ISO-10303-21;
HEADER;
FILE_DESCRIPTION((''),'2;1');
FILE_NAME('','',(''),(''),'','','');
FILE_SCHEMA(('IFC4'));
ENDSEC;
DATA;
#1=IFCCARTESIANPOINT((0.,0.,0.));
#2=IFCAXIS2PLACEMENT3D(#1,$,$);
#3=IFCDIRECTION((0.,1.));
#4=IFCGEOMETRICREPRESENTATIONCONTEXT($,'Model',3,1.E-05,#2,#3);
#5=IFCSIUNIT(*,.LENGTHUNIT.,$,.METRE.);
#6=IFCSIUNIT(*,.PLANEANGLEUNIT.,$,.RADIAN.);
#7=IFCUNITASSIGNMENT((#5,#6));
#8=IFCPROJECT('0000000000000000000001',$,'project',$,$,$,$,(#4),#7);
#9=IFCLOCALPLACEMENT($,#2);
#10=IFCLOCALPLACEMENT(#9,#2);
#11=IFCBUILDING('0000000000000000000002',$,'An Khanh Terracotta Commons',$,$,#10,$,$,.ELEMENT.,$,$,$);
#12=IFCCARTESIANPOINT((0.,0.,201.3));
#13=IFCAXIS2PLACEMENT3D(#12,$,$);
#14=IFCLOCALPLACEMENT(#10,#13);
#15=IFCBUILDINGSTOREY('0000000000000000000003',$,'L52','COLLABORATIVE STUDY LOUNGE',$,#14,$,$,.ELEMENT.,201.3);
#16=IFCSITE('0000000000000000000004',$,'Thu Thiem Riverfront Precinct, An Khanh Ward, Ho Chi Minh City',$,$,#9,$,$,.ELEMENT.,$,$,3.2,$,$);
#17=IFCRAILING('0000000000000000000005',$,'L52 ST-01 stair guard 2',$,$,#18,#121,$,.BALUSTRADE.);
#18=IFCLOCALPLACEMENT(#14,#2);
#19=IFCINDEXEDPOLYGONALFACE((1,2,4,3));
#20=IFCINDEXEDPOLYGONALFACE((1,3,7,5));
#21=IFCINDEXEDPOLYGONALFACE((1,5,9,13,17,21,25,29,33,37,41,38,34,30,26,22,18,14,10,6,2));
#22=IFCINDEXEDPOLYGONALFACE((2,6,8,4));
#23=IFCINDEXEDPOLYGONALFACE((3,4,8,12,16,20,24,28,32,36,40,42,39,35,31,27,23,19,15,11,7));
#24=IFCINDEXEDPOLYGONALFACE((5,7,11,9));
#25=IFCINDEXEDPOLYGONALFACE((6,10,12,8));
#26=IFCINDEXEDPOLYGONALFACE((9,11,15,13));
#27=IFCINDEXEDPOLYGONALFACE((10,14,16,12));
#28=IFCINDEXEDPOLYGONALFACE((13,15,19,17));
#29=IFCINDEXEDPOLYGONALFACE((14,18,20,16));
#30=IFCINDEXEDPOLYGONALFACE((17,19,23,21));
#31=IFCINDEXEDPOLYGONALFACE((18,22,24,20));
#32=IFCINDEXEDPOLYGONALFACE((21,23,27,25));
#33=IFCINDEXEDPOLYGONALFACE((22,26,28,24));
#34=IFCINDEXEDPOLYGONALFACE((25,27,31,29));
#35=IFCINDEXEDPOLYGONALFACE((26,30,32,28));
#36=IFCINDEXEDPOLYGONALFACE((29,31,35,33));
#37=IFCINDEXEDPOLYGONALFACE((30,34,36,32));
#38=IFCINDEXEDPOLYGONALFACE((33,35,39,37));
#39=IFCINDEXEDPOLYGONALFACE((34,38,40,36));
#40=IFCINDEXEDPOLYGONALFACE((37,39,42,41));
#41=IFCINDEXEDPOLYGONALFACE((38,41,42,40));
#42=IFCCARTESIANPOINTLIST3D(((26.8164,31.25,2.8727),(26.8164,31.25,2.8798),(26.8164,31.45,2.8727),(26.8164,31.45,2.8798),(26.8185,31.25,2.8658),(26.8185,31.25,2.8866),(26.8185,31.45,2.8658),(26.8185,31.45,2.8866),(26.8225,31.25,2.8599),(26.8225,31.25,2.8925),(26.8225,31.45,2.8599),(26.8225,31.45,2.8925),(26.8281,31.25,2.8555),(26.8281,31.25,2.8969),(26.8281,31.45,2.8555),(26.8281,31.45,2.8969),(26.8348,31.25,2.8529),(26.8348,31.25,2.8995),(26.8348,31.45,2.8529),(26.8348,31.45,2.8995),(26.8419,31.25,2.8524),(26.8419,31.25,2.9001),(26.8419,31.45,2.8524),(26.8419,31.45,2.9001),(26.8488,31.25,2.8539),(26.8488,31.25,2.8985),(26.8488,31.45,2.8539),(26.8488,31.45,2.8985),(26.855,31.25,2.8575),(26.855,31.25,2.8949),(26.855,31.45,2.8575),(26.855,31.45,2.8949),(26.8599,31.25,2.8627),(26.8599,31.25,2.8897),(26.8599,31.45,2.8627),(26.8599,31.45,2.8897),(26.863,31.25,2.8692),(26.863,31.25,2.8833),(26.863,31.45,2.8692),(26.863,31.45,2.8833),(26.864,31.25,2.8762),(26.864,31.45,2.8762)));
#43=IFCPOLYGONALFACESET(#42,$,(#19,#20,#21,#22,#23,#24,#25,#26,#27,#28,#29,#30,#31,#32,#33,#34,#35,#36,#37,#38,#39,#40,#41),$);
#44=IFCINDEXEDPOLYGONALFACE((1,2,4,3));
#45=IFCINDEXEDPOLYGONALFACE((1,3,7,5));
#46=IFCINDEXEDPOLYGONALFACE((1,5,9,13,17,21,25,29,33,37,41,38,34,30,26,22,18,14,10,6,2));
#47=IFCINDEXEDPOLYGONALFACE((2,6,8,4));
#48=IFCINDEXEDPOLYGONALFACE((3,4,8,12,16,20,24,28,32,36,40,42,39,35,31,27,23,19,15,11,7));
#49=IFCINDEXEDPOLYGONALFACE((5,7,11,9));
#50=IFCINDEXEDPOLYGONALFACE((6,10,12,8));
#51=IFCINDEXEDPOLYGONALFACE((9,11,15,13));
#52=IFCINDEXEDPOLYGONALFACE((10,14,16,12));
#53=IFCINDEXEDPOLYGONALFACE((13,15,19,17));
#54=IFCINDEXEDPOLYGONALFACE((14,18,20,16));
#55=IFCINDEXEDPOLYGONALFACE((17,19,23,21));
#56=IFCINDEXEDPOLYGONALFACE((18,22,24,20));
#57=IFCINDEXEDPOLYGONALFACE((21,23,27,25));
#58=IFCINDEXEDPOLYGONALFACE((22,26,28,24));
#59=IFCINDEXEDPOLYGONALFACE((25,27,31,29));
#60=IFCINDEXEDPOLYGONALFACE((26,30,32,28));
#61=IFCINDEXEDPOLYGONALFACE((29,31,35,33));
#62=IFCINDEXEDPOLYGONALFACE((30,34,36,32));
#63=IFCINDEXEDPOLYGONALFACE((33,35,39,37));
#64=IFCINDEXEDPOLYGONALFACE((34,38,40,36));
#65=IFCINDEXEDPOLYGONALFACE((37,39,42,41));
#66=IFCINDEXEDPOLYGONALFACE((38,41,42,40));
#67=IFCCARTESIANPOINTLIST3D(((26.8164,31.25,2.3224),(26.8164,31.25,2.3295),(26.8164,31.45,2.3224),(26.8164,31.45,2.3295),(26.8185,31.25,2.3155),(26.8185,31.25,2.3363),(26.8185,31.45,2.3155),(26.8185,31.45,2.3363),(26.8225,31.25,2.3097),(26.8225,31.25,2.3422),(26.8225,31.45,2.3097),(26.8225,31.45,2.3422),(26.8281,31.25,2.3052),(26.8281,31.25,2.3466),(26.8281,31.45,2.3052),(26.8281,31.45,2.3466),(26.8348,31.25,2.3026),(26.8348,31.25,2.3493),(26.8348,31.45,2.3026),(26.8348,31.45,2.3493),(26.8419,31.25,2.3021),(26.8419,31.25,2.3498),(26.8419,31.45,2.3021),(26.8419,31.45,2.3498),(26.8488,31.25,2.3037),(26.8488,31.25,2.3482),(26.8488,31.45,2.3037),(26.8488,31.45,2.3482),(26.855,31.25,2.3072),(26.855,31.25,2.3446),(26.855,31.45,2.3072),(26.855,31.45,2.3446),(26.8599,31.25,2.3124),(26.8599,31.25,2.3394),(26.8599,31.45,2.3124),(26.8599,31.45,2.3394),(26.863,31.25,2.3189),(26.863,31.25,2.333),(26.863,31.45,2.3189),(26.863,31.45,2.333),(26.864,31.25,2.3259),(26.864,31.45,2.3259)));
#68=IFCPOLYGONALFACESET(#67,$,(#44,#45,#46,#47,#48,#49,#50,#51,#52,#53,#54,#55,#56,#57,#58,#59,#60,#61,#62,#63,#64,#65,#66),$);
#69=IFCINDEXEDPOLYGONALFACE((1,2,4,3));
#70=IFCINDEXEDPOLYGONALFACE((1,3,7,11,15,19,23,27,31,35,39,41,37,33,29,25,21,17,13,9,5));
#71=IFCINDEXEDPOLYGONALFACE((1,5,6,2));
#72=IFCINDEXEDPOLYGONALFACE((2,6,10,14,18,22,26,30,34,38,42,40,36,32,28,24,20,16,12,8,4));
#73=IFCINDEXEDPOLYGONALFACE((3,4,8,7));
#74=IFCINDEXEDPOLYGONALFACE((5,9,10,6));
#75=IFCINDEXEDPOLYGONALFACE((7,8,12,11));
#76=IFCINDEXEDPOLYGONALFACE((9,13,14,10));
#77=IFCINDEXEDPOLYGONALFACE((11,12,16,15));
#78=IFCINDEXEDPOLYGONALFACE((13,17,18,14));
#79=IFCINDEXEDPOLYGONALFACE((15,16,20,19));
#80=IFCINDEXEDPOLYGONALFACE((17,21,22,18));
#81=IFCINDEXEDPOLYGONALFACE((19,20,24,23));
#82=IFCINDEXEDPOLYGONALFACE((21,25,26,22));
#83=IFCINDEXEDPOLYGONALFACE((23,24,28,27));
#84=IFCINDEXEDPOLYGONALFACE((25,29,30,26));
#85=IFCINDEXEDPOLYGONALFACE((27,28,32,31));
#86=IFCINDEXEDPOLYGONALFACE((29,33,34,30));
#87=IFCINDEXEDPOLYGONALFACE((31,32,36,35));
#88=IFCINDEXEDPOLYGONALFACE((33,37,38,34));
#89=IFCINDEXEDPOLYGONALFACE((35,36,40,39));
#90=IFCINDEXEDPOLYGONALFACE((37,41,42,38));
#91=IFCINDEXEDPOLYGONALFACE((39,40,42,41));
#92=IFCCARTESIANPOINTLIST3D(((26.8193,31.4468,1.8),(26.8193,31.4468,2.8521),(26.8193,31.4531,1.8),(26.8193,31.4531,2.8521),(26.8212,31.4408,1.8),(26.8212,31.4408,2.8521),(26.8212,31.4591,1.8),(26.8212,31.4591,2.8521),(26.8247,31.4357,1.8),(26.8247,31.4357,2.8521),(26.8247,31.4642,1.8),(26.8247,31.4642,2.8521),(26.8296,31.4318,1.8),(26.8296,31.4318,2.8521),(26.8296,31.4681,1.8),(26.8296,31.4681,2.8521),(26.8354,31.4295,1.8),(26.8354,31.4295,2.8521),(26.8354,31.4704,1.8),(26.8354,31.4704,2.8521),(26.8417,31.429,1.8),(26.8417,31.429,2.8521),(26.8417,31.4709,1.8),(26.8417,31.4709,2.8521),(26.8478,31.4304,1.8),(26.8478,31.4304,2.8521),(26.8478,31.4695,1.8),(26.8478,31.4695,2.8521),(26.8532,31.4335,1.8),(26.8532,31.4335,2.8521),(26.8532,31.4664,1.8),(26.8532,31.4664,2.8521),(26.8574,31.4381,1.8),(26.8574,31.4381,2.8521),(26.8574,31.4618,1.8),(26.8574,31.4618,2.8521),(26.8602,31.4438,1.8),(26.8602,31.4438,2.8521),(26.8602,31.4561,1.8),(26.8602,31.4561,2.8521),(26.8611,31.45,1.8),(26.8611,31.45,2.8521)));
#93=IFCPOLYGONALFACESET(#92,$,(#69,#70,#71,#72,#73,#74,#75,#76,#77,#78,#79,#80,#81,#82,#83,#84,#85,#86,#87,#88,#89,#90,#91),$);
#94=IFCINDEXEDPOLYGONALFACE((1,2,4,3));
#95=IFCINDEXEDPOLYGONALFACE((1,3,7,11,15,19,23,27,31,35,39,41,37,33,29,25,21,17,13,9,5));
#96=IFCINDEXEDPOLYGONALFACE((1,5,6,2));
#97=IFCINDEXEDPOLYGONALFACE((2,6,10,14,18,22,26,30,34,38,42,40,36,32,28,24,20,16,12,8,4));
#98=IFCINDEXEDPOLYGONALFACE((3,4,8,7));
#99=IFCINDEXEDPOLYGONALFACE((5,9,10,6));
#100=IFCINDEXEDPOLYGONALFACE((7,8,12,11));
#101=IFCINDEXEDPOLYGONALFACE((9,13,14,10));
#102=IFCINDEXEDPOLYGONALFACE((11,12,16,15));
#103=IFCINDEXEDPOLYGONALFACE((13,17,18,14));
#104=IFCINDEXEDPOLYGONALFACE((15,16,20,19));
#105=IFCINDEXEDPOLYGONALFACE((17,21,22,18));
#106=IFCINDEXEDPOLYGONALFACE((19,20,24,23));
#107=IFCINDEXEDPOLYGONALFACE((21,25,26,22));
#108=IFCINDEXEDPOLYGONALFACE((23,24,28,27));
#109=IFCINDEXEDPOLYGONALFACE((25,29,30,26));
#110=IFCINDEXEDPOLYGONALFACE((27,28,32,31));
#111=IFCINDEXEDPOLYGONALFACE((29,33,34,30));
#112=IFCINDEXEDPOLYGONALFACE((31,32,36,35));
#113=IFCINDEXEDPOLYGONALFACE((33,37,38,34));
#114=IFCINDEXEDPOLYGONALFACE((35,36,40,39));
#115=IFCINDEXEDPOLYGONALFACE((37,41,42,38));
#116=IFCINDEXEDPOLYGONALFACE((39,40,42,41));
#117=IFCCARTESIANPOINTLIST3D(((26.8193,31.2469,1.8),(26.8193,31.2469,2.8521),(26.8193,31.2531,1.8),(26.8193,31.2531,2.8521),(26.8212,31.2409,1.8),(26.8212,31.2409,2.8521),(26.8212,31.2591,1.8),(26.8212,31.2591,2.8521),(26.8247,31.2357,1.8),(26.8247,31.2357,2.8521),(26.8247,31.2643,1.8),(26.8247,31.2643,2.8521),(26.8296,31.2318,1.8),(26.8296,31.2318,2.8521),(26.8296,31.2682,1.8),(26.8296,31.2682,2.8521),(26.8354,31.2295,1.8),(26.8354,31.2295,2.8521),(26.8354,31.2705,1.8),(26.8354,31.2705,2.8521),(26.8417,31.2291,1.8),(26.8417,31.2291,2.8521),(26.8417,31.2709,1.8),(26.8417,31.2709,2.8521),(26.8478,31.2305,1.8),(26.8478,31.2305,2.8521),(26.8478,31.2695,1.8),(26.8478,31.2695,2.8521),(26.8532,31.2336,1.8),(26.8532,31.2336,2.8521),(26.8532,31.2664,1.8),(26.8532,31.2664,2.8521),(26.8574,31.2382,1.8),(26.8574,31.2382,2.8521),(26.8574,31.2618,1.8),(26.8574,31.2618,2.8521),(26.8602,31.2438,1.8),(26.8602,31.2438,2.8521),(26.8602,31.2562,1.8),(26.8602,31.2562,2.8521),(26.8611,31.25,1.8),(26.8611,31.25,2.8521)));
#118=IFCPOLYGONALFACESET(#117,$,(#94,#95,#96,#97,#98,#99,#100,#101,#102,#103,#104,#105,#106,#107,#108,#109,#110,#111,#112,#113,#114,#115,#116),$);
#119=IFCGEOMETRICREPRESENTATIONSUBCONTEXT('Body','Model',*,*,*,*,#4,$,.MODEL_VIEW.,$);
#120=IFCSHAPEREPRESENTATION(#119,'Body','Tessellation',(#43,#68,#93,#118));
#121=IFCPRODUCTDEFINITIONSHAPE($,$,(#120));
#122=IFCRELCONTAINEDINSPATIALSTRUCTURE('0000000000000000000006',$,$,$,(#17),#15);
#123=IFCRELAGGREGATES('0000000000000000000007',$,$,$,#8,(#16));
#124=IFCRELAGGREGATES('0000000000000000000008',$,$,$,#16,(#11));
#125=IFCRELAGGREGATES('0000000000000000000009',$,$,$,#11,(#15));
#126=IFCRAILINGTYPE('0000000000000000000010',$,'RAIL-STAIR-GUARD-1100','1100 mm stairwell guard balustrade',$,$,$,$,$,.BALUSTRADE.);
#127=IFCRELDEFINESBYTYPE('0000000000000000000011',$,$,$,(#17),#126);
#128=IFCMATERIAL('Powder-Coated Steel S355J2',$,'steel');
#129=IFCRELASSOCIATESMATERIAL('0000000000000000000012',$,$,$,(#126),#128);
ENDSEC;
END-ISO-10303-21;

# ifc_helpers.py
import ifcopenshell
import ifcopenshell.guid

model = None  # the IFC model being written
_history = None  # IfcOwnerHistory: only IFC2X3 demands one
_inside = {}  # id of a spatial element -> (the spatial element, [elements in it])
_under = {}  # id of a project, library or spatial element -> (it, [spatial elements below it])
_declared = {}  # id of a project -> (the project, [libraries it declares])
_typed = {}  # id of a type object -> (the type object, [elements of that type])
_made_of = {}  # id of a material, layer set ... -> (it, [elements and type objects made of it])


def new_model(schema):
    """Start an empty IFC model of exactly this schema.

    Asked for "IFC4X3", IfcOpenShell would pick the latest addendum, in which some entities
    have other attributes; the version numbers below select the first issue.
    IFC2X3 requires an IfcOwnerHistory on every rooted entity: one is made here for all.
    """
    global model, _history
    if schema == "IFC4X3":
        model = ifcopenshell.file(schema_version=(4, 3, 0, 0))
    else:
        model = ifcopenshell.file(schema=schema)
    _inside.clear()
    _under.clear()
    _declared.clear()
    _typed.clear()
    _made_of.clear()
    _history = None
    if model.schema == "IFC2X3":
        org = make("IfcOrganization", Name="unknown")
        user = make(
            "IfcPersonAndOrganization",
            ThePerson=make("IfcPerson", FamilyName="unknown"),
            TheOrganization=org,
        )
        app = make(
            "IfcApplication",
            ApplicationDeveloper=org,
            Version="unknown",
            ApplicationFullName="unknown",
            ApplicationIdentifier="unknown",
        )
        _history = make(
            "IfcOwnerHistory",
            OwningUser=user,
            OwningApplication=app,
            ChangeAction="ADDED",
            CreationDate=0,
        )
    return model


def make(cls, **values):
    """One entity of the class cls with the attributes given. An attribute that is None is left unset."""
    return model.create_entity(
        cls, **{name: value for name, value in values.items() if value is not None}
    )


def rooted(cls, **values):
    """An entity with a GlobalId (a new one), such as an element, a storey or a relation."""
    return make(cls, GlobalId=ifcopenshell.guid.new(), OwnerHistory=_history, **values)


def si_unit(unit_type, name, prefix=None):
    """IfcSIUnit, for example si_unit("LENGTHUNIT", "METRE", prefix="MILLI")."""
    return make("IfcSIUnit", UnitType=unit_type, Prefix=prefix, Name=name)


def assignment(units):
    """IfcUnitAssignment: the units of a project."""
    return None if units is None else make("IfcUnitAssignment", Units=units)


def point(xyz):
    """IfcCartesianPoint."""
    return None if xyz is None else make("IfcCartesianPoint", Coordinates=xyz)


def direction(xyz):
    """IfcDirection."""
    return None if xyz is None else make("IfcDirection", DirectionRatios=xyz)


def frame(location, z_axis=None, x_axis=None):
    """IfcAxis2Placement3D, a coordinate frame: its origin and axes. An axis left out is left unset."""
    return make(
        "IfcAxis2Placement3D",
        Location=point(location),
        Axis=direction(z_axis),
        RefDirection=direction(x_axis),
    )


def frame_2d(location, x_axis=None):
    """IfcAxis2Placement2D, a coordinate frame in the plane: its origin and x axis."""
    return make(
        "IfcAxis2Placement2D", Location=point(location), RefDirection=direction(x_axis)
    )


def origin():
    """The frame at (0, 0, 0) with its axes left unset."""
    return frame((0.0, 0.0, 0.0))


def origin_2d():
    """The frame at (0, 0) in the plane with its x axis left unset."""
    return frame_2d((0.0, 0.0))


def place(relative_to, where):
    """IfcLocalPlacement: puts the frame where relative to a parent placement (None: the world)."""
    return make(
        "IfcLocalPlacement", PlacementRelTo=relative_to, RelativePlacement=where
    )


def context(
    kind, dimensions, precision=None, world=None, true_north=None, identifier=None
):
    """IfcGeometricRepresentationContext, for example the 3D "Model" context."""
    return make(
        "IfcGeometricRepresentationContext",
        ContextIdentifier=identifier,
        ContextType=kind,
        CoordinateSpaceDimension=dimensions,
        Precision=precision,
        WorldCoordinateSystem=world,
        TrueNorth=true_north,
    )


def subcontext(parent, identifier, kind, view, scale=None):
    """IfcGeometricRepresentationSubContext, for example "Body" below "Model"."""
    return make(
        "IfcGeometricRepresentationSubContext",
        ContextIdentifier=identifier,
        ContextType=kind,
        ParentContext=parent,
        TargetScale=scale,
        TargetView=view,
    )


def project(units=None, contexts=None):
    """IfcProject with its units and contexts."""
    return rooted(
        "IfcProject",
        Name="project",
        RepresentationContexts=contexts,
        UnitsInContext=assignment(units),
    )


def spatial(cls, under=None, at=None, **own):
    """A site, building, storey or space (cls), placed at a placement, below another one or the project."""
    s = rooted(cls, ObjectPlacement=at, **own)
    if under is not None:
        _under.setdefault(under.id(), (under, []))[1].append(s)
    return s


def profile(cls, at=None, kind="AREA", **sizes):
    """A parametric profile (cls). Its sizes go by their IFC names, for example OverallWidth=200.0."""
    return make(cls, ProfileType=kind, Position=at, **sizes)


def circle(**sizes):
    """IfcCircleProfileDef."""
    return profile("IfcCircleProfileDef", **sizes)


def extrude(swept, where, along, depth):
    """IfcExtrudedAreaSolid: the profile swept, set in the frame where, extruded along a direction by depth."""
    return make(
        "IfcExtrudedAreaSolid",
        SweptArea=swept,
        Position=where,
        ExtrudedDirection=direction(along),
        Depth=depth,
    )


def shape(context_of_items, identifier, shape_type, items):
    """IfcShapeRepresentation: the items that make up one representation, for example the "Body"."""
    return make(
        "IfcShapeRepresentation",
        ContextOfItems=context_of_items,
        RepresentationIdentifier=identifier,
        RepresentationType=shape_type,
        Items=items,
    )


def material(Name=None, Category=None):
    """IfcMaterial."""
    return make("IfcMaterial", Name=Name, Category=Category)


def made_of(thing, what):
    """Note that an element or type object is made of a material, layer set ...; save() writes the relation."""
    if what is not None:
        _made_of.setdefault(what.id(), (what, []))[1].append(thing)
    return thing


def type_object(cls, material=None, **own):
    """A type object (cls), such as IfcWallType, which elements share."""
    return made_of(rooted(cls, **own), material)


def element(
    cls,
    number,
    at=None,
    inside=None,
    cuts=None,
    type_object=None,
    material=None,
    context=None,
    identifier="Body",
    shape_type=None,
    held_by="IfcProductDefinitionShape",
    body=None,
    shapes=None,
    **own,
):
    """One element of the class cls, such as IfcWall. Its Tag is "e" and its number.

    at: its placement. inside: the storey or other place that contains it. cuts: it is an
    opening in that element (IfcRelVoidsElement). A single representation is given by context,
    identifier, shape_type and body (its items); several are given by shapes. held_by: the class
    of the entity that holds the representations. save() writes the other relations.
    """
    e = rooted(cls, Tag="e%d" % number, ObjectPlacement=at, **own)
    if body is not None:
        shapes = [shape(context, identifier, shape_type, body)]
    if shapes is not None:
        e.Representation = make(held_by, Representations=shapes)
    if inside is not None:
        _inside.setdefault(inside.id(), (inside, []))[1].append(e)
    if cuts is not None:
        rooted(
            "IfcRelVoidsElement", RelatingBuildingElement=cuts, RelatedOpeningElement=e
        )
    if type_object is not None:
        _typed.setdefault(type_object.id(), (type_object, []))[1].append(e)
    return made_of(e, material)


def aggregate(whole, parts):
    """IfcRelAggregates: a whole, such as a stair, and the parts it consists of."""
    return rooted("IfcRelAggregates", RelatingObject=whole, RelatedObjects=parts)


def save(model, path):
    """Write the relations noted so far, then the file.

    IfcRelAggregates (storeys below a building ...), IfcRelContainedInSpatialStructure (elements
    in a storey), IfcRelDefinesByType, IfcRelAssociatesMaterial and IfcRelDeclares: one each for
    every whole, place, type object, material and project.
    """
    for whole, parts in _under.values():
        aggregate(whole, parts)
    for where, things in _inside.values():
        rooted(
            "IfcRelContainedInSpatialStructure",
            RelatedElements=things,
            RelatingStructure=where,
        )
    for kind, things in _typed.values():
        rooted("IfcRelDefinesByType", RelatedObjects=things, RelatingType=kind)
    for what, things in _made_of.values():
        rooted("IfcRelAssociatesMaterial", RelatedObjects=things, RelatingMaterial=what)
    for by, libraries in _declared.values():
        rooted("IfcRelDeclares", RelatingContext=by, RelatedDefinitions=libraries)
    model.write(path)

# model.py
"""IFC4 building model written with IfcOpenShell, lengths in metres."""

from ifc_helpers import new_model, si_unit, direction, frame, origin, origin_2d, place, context, subcontext, project, spatial, circle, extrude, material, type_object, element, save


model = new_model("IFC4")

# Units and contexts
model_context = context("Model", 3, precision=1e-05, world=origin(), true_north=direction((0.0, 1.0)))
body_context = subcontext(model_context, "Body", "Model", "MODEL_VIEW")
ifc_project = project(units=[si_unit("LENGTHUNIT", "METRE"), si_unit("PLANEANGLEUNIT", "RADIAN")], contexts=[model_context])

# Site, building, storey
site_placement = place(None, origin())
site = spatial("IfcSite", under=ifc_project, at=site_placement, Name="Thu Thiem Riverfront Precinct, An Khanh Ward, Ho Chi Minh City", CompositionType="ELEMENT", RefElevation=3.2)
building_placement = place(site_placement, origin())
building = spatial("IfcBuilding", under=site, at=building_placement, Name="An Khanh Terracotta Commons", CompositionType="ELEMENT")
storey_placement = place(building_placement, frame((0.0, 0.0, 201.3)))
storey = spatial("IfcBuildingStorey", under=building, at=storey_placement, Name="L52", Description="COLLABORATIVE STUDY LOUNGE", CompositionType="ELEMENT", Elevation=201.3)

# Railing
ifc_material_1 = material(Name="Powder-Coated Steel S355J2", Category="steel")
railing_type_1 = type_object("IfcRailingType", Name="RAIL-STAIR-GUARD-1100", Description="1100 mm stairwell guard balustrade", PredefinedType="BALUSTRADE", material=ifc_material_1)
railing_1_placement = place(storey_placement, frame((26.8401, 31.45, 1.8)))
element("IfcRailing", 1, at=railing_1_placement, inside=storey, type_object=railing_type_1, Name="L52 ST-01 stair guard 2", PredefinedType="BALUSTRADE", context=body_context, shape_type="SweptSolid", body=[
    extrude(circle(Radius=0.0239, at=origin_2d()), frame((0.0, 0.0, 1.0762), z_axis=(0.0, -1.0, 0.0), x_axis=(1.0, 0.0, 0.0)), (0.0, 0.0, 1.0), 0.2),
    extrude(circle(Radius=0.0239, at=origin_2d()), frame((0.0, 0.0, 0.5259), z_axis=(0.0, -1.0, 0.0), x_axis=(1.0, 0.0, 0.0)), (0.0, 0.0, 1.0), 0.2),
    extrude(circle(Radius=0.021, at=origin_2d()), origin(), (0.0, 0.0, 1.0), 1.052),
    extrude(circle(Radius=0.021, at=origin_2d()), frame((0.0, -0.2, 0.0)), (0.0, 0.0, 1.0), 1.052),
])

save(model, "model.ifc")
